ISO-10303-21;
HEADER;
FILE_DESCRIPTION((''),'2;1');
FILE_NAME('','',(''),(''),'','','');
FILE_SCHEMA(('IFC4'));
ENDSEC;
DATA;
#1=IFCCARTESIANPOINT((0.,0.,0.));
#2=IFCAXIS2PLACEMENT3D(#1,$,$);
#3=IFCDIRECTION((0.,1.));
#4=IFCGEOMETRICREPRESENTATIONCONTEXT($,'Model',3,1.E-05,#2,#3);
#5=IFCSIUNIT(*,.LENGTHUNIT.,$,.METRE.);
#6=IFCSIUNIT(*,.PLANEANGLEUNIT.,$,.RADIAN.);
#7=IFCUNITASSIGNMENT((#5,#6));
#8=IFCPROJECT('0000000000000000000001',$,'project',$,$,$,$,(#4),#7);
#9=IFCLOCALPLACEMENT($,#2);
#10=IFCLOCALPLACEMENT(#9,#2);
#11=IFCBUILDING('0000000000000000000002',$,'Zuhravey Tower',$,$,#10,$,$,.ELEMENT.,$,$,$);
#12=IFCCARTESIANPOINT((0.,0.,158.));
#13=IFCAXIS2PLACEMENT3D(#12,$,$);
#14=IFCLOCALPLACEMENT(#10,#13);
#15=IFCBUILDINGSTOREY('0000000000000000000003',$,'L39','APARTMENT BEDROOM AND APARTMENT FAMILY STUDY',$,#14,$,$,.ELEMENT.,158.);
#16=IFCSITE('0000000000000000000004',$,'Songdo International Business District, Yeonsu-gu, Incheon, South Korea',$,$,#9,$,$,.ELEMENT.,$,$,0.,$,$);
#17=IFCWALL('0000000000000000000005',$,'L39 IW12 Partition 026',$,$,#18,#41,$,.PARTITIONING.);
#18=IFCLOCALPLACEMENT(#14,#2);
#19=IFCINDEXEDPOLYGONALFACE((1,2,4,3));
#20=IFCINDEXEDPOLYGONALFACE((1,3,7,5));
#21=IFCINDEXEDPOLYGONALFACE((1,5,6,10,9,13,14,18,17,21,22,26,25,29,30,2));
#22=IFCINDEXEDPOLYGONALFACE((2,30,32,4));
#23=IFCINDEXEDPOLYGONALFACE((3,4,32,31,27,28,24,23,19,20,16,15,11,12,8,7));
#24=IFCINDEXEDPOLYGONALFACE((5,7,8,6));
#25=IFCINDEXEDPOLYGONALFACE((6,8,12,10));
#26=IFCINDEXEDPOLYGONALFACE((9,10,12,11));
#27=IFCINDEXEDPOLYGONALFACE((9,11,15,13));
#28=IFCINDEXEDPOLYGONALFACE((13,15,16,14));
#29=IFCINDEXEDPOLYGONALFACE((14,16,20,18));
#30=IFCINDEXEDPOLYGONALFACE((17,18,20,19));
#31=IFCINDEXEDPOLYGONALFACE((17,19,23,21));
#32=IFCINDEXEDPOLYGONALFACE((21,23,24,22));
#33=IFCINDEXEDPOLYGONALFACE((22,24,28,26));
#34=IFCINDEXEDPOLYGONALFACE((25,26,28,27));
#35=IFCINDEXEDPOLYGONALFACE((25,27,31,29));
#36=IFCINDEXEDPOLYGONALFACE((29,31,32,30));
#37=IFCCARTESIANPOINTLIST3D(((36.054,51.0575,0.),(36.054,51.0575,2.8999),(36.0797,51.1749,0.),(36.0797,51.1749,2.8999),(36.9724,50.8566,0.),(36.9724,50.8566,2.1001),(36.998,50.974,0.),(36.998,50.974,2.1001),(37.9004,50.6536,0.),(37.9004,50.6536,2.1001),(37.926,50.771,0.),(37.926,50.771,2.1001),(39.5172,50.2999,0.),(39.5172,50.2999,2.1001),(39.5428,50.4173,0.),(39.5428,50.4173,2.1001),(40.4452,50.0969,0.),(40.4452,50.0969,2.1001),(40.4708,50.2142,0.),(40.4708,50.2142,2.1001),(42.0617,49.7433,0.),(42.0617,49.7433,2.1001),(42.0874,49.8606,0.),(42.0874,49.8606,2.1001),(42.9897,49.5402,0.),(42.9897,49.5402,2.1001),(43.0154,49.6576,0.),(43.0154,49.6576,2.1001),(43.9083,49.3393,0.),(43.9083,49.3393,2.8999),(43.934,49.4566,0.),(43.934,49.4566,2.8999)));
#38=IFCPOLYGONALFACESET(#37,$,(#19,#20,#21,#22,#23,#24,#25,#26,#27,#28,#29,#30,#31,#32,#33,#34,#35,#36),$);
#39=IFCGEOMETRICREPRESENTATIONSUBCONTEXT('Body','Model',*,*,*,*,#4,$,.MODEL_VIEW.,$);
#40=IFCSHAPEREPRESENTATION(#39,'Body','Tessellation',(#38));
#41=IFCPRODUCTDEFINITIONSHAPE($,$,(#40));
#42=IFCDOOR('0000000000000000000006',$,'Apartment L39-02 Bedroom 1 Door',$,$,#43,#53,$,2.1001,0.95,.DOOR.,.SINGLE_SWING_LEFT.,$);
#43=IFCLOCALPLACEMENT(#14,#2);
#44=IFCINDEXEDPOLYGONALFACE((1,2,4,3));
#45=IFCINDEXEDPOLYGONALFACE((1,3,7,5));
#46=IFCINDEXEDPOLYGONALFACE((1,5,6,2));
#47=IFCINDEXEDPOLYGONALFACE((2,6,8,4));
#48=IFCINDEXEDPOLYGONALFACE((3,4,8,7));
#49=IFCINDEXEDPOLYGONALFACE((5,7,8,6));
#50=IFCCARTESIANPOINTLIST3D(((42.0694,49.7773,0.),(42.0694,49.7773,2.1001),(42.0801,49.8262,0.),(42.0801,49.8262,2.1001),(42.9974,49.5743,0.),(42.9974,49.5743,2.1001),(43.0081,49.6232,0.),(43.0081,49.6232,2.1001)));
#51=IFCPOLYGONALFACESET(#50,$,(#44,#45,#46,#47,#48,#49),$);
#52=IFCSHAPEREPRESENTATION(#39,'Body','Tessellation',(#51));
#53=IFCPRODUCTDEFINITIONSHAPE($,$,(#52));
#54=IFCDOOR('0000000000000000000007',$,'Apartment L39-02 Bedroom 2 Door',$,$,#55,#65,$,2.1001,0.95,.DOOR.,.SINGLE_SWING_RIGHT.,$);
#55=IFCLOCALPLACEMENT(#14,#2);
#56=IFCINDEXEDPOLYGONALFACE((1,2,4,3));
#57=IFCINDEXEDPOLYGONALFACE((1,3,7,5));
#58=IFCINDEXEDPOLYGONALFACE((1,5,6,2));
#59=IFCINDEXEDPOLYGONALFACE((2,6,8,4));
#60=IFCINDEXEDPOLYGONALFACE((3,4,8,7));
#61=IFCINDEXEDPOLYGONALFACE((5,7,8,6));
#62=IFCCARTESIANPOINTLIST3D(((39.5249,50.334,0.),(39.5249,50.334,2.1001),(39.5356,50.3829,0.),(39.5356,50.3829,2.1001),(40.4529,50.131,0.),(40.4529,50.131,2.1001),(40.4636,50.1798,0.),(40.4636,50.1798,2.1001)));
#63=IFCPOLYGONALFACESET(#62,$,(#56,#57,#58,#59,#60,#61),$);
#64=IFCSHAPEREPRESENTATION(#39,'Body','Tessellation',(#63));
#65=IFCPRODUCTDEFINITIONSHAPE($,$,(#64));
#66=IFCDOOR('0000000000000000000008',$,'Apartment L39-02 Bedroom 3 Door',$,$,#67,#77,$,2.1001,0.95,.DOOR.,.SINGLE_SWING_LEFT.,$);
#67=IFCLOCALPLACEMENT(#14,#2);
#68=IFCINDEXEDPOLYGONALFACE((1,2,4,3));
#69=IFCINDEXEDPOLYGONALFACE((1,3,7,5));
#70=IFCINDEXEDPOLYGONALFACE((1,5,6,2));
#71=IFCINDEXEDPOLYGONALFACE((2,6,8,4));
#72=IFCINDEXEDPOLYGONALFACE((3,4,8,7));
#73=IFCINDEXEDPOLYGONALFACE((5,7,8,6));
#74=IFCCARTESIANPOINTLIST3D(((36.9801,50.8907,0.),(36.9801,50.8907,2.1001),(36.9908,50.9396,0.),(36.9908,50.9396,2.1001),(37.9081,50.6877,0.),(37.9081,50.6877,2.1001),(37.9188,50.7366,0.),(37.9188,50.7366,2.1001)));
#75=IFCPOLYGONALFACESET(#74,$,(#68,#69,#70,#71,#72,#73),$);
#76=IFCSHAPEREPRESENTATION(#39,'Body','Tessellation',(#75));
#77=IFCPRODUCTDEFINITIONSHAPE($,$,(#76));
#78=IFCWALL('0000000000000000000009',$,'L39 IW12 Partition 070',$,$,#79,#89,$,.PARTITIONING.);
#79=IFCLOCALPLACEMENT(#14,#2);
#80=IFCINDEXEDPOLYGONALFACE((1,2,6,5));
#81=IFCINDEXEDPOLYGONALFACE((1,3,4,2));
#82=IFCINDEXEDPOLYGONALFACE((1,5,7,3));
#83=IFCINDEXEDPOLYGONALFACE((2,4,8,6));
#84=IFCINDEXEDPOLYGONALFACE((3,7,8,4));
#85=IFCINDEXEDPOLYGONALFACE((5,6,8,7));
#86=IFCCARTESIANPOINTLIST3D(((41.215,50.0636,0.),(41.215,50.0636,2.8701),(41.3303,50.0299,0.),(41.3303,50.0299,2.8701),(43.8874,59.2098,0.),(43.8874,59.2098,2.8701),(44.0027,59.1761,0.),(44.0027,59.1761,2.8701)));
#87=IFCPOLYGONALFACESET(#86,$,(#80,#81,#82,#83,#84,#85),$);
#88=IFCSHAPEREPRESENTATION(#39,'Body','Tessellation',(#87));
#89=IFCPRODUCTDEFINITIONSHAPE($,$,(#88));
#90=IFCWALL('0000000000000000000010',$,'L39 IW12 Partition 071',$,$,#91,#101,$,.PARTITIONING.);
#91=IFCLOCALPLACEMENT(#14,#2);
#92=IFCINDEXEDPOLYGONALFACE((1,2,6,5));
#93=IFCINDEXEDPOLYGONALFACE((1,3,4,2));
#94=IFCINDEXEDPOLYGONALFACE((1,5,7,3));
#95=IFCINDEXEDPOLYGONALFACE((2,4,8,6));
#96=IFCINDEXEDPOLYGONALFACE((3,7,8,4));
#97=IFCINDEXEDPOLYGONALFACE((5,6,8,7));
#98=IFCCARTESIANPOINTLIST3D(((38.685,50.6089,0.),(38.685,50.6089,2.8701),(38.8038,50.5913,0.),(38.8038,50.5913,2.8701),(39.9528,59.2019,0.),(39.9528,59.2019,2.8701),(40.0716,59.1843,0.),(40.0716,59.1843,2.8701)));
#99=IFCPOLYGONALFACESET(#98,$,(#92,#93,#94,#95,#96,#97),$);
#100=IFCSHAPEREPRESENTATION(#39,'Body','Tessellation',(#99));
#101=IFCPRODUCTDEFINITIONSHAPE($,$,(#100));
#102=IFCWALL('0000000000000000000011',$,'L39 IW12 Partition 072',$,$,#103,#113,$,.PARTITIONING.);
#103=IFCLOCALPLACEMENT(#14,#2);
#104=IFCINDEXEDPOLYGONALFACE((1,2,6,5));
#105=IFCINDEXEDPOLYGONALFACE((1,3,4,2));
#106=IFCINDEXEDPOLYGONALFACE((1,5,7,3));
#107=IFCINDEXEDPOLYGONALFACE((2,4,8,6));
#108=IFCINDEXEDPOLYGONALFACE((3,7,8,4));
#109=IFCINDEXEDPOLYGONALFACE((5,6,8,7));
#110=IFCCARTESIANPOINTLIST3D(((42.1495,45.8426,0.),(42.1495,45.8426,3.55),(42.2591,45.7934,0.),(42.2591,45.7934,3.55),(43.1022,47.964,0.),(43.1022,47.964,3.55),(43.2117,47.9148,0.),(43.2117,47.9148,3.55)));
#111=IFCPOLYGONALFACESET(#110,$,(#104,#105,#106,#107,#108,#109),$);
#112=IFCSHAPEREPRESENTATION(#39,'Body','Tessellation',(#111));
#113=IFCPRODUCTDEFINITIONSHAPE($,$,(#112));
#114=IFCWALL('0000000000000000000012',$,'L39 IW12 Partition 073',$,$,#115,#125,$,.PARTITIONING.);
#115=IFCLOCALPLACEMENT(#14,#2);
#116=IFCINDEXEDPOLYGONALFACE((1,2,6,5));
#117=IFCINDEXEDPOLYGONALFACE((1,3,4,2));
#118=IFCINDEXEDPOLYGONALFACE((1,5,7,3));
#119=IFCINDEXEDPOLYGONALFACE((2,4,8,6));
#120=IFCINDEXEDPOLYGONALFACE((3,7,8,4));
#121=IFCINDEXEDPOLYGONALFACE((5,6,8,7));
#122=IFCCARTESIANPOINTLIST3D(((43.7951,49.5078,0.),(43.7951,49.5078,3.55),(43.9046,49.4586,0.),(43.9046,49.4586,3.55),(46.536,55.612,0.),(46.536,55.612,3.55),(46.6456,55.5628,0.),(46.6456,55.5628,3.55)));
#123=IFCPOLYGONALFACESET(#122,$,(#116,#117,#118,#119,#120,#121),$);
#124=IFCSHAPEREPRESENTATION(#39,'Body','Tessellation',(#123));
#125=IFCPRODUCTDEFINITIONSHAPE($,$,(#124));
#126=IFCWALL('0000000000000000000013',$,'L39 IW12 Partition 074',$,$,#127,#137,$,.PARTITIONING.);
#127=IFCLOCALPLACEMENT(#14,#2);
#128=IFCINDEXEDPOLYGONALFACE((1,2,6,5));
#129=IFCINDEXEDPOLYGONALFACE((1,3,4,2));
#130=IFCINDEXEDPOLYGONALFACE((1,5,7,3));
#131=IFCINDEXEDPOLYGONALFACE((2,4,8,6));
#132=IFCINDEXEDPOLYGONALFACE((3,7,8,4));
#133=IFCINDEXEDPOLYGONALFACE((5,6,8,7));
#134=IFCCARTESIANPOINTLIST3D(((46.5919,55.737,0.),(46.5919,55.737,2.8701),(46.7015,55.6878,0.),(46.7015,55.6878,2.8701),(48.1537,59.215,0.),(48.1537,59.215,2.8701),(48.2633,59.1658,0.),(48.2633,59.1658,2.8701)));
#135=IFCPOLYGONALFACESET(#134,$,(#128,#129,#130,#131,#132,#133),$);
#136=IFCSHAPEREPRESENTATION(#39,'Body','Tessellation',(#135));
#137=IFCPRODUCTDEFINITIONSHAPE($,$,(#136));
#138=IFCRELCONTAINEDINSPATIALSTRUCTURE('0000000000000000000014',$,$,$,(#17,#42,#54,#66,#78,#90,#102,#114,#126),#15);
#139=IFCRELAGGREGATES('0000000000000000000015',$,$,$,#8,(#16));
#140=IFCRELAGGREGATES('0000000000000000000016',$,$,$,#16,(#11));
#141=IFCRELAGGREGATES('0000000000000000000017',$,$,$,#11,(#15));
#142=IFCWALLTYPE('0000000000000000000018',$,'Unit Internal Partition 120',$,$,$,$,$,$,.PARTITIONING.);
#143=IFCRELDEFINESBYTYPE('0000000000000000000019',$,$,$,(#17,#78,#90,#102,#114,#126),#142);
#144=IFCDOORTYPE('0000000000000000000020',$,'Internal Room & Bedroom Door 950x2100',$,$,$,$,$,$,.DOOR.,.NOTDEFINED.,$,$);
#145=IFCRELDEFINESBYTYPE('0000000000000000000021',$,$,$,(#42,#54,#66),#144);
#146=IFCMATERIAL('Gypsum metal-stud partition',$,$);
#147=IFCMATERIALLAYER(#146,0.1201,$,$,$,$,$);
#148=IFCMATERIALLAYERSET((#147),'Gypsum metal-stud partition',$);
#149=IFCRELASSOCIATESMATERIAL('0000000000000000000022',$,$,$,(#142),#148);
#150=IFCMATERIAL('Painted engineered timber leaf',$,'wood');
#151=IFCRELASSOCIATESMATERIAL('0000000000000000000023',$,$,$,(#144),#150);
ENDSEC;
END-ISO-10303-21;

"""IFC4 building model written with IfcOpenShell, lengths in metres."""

from ifc_helpers import new_model, si_unit, direction, frame, frame_2d, origin, place, context, subcontext, project, spatial, rectangle, extrude, material, layer, layer_set, type_object, element, fill, save


model = new_model("IFC4")

# Units and contexts
model_context = context("Model", 3, precision=1e-05, world=origin(), true_north=direction((0.0, 1.0)))
body_context = subcontext(model_context, "Body", "Model", "MODEL_VIEW")
ifc_project = project(units=[si_unit("LENGTHUNIT", "METRE"), si_unit("PLANEANGLEUNIT", "RADIAN")], contexts=[model_context])

# Site, building, storey
site_placement = place(None, origin())
site = spatial("IfcSite", under=ifc_project, at=site_placement, Name="Songdo International Business District, Yeonsu-gu, Incheon, South Korea", CompositionType="ELEMENT", RefElevation=0.0)
building_placement = place(site_placement, origin())
building = spatial("IfcBuilding", under=site, at=building_placement, Name="Zuhravey Tower", CompositionType="ELEMENT")
storey_placement = place(building_placement, frame((0.0, 0.0, 158.0)))
storey = spatial("IfcBuildingStorey", under=building, at=storey_placement, Name="L39", Description="APARTMENT BEDROOM AND APARTMENT FAMILY STUDY", CompositionType="ELEMENT", Elevation=158.0)

# Wall, openings, doors
ifc_material_1 = material(Name="Gypsum metal-stud partition")
ifc_layer_1 = layer(ifc_material_1, 0.1201)
ifc_layer_set_1 = layer_set([ifc_layer_1], Name="Gypsum metal-stud partition")
wall_type_1 = type_object("IfcWallType", Name="Unit Internal Partition 120", PredefinedType="PARTITIONING", material=ifc_layer_set_1)
ifc_material_2 = material(Name="Painted engineered timber leaf", Category="wood")
door_type_1 = type_object("IfcDoorType", Name="Internal Room & Bedroom Door 950x2100", OperationType="NOTDEFINED", PredefinedType="DOOR", material=ifc_material_2)
wall_1_placement = place(storey_placement, frame((43.9211, 49.3979, 0.0), z_axis=(0.0, 0.0, 1.0), x_axis=(-0.976896, 0.213714, 0.0)))
wall_1 = element("IfcWall", 1, at=wall_1_placement, inside=storey, type_object=wall_type_1, Name="L39 IW12 Partition 026", PredefinedType="PARTITIONING", context=body_context, shape_type="SweptSolid", body=[
    extrude(rectangle(XDim=8.04, YDim=0.1201, at=frame_2d((4.02, 0.0))), origin(), (0.0, 0.0, 1.0), 2.8999),
])
opening_1_placement = place(wall_1_placement, frame((0.9402, 0.0, 0.0)))
opening_1 = element("IfcOpeningElement", 2, at=opening_1_placement, cuts=wall_1, PredefinedType="OPENING", context=body_context, shape_type="SweptSolid", body=[
    extrude(rectangle(XDim=0.95, YDim=2.1001, at=frame_2d((0.4751, 1.05))), frame((0.0, 0.072, 0.0), z_axis=(0.0, -1.0, 0.0), x_axis=(1.0, 0.0, 0.0)), (0.0, 0.0, 1.0), 0.144),
])
opening_2_placement = place(wall_1_placement, frame((3.5449, 0.0, 0.0)))
opening_2 = element("IfcOpeningElement", 3, at=opening_2_placement, cuts=wall_1, PredefinedType="OPENING", context=body_context, shape_type="SweptSolid", body=[
    extrude(rectangle(XDim=0.95, YDim=2.1001, at=frame_2d((0.4751, 1.05))), frame((0.0, 0.072, 0.0), z_axis=(0.0, -1.0, 0.0), x_axis=(1.0, 0.0, 0.0)), (0.0, 0.0, 1.0), 0.144),
])
opening_3_placement = place(wall_1_placement, frame((6.1499, 0.0, 0.0)))
opening_3 = element("IfcOpeningElement", 4, at=opening_3_placement, cuts=wall_1, PredefinedType="OPENING", context=body_context, shape_type="SweptSolid", body=[
    extrude(rectangle(XDim=0.95, YDim=2.1001, at=frame_2d((0.4751, 1.05))), frame((0.0, 0.072, 0.0), z_axis=(0.0, -1.0, 0.0), x_axis=(1.0, 0.0, 0.0)), (0.0, 0.0, 1.0), 0.144),
])
door_1_placement = place(opening_1_placement, frame((0.95, 0.0, 0.0), z_axis=(0.0, 0.0, 1.0), x_axis=(-1.0, 0.0, 0.0)))
door_1 = element("IfcDoor", 5, at=door_1_placement, inside=storey, type_object=door_type_1, Name="Apartment L39-02 Bedroom 1 Door", OperationType="SINGLE_SWING_LEFT", OverallHeight=2.1001, OverallWidth=0.95, PredefinedType="DOOR", context=body_context, shape_type="SweptSolid", body=[
    extrude(rectangle(XDim=0.95, YDim=2.1001, at=frame_2d((0.4751, 1.05))), frame((0.0, 0.0249, 0.0), z_axis=(0.0, -1.0, 0.0), x_axis=(1.0, 0.0, 0.0)), (0.0, 0.0, 1.0), 0.05),
])
fill(opening_1, door_1)
door_2_placement = place(opening_2_placement, frame((0.95, 0.0, 0.0), z_axis=(0.0, 0.0, 1.0), x_axis=(-1.0, 0.0, 0.0)))
door_2 = element("IfcDoor", 6, at=door_2_placement, inside=storey, type_object=door_type_1, Name="Apartment L39-02 Bedroom 2 Door", OperationType="SINGLE_SWING_RIGHT", OverallHeight=2.1001, OverallWidth=0.95, PredefinedType="DOOR", context=body_context, shape_type="SweptSolid", body=[
    extrude(rectangle(XDim=0.95, YDim=2.1001, at=frame_2d((0.4751, 1.05))), frame((0.0, 0.0249, 0.0), z_axis=(0.0, -1.0, 0.0), x_axis=(1.0, 0.0, 0.0)), (0.0, 0.0, 1.0), 0.05),
])
fill(opening_2, door_2)
door_3_placement = place(opening_3_placement, frame((0.95, 0.0, 0.0), z_axis=(0.0, 0.0, 1.0), x_axis=(-1.0, 0.0, 0.0)))
door_3 = element("IfcDoor", 7, at=door_3_placement, inside=storey, type_object=door_type_1, Name="Apartment L39-02 Bedroom 3 Door", OperationType="SINGLE_SWING_LEFT", OverallHeight=2.1001, OverallWidth=0.95, PredefinedType="DOOR", context=body_context, shape_type="SweptSolid", body=[
    extrude(rectangle(XDim=0.95, YDim=2.1001, at=frame_2d((0.4751, 1.05))), frame((0.0, 0.0249, 0.0), z_axis=(0.0, -1.0, 0.0), x_axis=(1.0, 0.0, 0.0)), (0.0, 0.0, 1.0), 0.05),
])
fill(opening_3, door_3)

# Walls
wall_2_placement = place(storey_placement, frame((41.2727, 50.0469, 0.0), z_axis=(0.0, 0.0, 1.0), x_axis=(0.280456, 0.959867, 0.0)))
element("IfcWall", 8, at=wall_2_placement, inside=storey, type_object=wall_type_1, Name="L39 IW12 Partition 070", PredefinedType="PARTITIONING", context=body_context, shape_type="SweptSolid", body=[
    extrude(rectangle(XDim=9.5286, YDim=0.1201, at=frame_2d((4.7642, 0.0))), origin(), (0.0, 0.0, 1.0), 2.8701),
])
wall_3_placement = place(storey_placement, frame((38.7444, 50.6001, 0.0), z_axis=(0.0, 0.0, 1.0), x_axis=(0.145961, 0.98929, 0.0)))
element("IfcWall", 9, at=wall_3_placement, inside=storey, type_object=wall_type_1, Name="L39 IW12 Partition 071", PredefinedType="PARTITIONING", context=body_context, shape_type="SweptSolid", body=[
    extrude(rectangle(XDim=8.686, YDim=0.1201, at=frame_2d((4.343, 0.0))), origin(), (0.0, 0.0, 1.0), 2.8701),
])
wall_4_placement = place(storey_placement, frame((42.2043, 45.8181, 0.0), z_axis=(0.0, 0.0, 1.0), x_axis=(0.409662, 0.912238, 0.0)))
element("IfcWall", 10, at=wall_4_placement, inside=storey, type_object=wall_type_1, Name="L39 IW12 Partition 072", PredefinedType="PARTITIONING", context=body_context, shape_type="SweptSolid", body=[
    extrude(rectangle(XDim=2.3254, YDim=0.1201, at=frame_2d((1.1626, 0.0))), origin(), (0.0, 0.0, 1.0), 3.55),
])
wall_5_placement = place(storey_placement, frame((43.8499, 49.4832, 0.0), z_axis=(0.0, 0.0, 1.0), x_axis=(0.409626, 0.912254, 0.0)))
element("IfcWall", 11, at=wall_5_placement, inside=storey, type_object=wall_type_1, Name="L39 IW12 Partition 073", PredefinedType="PARTITIONING", context=body_context, shape_type="SweptSolid", body=[
    extrude(rectangle(XDim=6.6914, YDim=0.1201, at=frame_2d((3.3457, 0.0))), origin(), (0.0, 0.0, 1.0), 3.55),
])
wall_6_placement = place(storey_placement, frame((46.6467, 55.7124, 0.0), z_axis=(0.0, 0.0, 1.0), x_axis=(0.409635, 0.91225, 0.0)))
element("IfcWall", 12, at=wall_6_placement, inside=storey, type_object=wall_type_1, Name="L39 IW12 Partition 074", PredefinedType="PARTITIONING", context=body_context, shape_type="SweptSolid", body=[
    extrude(rectangle(XDim=3.8125, YDim=0.1201, at=frame_2d((1.9062, 0.0))), origin(), (0.0, 0.0, 1.0), 2.8701),
])

save(model, "model.ifc")
